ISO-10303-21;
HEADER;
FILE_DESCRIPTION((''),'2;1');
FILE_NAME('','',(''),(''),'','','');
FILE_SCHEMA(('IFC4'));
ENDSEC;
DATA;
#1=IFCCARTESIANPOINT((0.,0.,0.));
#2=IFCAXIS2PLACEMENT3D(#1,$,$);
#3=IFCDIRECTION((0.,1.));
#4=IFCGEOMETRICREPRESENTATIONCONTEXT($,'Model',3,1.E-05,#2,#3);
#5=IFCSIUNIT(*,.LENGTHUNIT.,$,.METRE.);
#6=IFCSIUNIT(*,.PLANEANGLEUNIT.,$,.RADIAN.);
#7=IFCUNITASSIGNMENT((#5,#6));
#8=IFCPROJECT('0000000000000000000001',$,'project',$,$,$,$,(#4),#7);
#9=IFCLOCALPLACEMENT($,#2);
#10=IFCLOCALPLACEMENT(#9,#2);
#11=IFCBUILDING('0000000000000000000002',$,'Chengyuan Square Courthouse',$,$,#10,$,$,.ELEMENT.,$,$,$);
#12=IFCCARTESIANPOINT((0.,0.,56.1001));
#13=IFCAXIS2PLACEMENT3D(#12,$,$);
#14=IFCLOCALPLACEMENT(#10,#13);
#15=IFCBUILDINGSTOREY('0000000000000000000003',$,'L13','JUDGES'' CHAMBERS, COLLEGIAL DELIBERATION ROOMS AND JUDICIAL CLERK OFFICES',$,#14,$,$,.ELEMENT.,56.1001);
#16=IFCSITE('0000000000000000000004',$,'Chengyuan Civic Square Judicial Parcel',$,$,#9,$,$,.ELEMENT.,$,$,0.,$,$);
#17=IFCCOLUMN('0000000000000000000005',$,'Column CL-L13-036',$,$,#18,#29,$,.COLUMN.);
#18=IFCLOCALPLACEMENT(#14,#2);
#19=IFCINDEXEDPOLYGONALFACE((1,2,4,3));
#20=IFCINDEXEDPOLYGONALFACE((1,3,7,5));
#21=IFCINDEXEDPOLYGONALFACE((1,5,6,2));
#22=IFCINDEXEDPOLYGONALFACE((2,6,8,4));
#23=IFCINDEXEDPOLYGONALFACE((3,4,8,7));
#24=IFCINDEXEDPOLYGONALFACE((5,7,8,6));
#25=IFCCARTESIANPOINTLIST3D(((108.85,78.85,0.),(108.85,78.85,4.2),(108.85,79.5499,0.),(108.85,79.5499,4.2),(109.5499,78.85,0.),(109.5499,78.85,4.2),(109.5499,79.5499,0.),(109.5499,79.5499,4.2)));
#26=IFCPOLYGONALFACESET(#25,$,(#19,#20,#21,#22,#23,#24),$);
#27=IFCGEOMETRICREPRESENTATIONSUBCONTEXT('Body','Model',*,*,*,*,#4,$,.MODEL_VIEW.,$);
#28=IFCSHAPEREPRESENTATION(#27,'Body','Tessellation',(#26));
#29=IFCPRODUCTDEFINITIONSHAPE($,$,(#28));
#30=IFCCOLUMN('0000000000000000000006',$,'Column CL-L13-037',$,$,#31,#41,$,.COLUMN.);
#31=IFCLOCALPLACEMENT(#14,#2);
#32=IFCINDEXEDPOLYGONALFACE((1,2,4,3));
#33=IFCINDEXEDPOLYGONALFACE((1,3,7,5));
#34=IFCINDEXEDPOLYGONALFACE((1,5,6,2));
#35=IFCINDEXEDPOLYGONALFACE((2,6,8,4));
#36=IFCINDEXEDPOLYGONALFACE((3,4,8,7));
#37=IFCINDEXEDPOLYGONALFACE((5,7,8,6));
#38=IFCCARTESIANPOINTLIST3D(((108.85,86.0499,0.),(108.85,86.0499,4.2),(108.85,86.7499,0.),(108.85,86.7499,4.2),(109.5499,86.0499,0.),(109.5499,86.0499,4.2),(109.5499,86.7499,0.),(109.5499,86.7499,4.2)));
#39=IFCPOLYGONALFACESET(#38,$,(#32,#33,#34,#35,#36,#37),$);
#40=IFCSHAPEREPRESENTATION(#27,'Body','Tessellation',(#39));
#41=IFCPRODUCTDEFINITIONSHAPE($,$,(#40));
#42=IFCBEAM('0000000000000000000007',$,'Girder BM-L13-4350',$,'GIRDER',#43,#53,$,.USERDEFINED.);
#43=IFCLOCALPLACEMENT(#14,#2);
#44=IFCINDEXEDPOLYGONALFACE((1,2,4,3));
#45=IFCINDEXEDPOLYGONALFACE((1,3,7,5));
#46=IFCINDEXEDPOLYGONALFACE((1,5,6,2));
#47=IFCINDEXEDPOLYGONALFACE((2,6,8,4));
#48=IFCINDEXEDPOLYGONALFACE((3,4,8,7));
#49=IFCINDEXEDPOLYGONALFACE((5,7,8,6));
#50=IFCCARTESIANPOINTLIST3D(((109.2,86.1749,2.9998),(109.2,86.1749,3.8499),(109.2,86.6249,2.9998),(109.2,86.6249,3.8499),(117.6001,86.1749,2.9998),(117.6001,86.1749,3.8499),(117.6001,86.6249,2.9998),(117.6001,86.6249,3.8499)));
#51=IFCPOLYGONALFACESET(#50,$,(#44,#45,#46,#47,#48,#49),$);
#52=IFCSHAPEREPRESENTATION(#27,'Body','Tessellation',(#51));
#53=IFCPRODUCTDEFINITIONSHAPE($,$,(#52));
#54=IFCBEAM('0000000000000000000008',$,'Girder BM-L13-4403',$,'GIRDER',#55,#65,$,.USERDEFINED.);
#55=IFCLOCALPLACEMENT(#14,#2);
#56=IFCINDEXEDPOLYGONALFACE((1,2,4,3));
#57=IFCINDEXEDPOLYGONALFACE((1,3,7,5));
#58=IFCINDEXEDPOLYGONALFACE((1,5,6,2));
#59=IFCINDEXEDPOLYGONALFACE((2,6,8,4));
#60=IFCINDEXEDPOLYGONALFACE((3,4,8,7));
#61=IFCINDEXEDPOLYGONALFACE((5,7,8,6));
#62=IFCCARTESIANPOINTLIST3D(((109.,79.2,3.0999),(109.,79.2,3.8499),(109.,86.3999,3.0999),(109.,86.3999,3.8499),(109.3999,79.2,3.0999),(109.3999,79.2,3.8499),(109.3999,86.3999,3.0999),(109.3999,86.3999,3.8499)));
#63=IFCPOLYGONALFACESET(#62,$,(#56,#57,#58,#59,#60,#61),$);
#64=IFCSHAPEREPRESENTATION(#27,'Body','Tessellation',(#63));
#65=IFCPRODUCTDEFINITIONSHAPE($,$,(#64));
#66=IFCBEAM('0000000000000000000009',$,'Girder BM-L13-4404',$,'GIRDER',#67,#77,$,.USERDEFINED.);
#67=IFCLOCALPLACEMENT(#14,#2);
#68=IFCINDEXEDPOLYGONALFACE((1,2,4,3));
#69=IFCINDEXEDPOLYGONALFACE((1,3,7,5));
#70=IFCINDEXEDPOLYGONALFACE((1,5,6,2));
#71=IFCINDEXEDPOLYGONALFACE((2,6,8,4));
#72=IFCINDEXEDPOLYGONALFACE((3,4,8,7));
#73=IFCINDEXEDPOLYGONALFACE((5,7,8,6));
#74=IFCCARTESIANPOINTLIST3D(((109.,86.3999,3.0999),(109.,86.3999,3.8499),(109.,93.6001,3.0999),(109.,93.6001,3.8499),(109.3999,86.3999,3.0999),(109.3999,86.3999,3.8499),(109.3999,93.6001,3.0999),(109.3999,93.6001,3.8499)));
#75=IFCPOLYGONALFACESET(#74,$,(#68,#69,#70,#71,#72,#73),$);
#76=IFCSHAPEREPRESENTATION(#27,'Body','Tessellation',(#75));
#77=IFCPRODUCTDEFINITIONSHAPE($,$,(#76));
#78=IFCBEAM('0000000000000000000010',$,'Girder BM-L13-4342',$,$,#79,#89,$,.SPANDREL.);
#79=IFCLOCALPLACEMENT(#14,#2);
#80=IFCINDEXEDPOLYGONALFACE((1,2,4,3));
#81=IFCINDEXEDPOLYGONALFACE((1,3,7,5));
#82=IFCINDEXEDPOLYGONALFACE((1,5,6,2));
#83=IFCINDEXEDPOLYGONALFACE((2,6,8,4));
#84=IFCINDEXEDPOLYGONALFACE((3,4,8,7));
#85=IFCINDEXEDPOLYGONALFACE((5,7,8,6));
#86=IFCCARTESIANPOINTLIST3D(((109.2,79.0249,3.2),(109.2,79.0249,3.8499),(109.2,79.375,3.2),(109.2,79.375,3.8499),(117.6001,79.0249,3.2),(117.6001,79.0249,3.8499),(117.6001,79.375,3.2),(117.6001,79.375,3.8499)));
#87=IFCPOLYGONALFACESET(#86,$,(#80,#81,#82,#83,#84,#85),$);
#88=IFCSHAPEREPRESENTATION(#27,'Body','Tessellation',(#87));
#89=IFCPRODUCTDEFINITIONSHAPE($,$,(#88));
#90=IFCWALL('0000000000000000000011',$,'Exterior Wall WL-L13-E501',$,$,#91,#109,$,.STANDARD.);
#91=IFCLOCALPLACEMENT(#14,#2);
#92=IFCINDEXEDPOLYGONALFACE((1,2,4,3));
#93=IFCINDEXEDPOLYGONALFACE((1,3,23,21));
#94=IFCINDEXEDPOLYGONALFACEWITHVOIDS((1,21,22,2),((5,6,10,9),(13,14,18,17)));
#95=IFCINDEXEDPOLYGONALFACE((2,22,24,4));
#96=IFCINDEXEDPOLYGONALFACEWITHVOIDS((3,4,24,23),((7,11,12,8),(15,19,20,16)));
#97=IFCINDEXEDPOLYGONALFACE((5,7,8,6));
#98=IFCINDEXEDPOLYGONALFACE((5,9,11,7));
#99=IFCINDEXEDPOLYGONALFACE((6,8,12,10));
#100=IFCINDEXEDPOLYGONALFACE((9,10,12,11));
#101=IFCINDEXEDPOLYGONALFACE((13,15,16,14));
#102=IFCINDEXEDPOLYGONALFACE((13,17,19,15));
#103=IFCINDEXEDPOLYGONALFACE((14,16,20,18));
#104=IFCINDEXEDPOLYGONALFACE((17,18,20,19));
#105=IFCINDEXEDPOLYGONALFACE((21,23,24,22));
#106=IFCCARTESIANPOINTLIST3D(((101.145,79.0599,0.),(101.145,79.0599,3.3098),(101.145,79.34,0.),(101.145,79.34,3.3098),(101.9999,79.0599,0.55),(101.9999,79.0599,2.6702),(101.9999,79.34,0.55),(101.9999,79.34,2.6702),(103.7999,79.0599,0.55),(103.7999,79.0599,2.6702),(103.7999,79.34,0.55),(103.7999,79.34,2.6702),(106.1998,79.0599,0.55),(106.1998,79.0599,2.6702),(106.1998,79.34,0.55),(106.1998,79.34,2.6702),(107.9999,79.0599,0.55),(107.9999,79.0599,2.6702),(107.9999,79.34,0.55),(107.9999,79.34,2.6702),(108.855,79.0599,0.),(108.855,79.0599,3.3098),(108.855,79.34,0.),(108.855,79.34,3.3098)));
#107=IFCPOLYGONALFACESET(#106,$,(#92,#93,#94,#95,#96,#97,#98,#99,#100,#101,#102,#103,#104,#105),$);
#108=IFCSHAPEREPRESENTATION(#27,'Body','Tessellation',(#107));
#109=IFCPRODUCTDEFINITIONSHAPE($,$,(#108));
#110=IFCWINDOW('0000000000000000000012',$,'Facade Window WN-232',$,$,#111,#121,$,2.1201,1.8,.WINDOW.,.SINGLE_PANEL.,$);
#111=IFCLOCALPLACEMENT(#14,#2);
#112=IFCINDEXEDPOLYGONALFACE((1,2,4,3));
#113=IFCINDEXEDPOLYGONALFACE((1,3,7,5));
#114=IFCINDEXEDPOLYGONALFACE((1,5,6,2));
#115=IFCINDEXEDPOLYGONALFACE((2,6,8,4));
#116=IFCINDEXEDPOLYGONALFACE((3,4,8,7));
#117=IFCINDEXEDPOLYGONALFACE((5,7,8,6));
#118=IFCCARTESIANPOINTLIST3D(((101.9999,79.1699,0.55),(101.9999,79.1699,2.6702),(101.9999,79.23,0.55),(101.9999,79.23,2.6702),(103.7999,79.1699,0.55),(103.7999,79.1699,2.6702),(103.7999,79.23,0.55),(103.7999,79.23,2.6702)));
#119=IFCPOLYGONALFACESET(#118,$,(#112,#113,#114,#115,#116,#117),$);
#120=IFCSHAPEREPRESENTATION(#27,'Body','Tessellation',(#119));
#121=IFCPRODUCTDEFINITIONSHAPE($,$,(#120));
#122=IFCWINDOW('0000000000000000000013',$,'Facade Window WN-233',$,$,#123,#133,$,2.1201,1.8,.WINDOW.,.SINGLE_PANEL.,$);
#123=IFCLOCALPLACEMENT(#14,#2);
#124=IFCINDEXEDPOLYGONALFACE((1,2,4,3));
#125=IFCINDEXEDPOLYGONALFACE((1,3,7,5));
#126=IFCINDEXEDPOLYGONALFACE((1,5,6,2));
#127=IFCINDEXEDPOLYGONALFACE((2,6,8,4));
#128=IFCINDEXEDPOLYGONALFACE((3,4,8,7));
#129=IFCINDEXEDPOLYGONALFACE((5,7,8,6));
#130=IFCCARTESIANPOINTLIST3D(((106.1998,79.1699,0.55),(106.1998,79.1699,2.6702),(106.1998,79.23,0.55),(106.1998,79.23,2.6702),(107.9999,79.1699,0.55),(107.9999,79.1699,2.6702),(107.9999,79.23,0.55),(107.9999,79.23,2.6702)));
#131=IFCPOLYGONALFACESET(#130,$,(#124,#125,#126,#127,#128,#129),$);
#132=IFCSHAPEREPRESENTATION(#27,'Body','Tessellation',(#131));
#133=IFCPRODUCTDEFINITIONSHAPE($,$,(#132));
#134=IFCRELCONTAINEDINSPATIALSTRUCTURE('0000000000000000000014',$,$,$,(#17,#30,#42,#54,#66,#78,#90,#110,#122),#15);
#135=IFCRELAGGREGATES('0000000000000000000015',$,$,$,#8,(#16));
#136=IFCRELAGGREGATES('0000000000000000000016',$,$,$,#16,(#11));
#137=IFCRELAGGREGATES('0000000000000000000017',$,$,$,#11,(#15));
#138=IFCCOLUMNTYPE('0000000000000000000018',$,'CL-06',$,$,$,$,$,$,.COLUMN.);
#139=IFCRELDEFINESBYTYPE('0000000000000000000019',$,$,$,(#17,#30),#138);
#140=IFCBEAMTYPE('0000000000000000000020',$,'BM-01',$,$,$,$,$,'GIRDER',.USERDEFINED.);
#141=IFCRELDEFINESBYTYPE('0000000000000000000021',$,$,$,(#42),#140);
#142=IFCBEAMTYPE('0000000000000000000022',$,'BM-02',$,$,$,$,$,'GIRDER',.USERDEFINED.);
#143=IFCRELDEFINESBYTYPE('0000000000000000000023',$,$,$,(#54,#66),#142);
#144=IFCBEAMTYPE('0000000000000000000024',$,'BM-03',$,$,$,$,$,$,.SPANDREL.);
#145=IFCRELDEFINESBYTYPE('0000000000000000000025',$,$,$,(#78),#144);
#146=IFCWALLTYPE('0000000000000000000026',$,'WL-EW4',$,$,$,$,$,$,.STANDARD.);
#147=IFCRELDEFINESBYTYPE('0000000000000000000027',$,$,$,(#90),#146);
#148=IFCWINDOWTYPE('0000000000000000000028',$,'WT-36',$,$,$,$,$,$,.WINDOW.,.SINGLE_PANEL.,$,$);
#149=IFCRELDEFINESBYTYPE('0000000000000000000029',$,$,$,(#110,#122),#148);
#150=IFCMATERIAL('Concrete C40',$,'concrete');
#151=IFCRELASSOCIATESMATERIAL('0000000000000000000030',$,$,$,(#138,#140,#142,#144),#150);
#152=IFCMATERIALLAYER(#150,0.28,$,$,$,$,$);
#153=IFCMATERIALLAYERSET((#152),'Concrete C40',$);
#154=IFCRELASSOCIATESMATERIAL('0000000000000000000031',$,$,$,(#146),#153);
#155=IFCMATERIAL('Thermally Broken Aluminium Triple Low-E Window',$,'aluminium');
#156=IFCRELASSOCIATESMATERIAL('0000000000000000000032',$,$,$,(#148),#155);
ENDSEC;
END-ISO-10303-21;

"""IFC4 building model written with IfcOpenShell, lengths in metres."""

from ifc_helpers import new_model, si_unit, direction, frame, frame_2d, origin, origin_2d, place, context, subcontext, project, spatial, rectangle, extrude, material, layer, layer_set, material_profile, profile_set, type_object, element, fill, save


model = new_model("IFC4")

# Units and contexts
model_context = context("Model", 3, precision=1e-05, world=origin(), true_north=direction((0.0, 1.0)))
body_context = subcontext(model_context, "Body", "Model", "MODEL_VIEW")
ifc_project = project(units=[si_unit("LENGTHUNIT", "METRE"), si_unit("PLANEANGLEUNIT", "RADIAN")], contexts=[model_context])

# Site, building, storey
site_placement = place(None, origin())
site = spatial("IfcSite", under=ifc_project, at=site_placement, Name="Chengyuan Civic Square Judicial Parcel", CompositionType="ELEMENT", RefElevation=0.0)
building_placement = place(site_placement, origin())
building = spatial("IfcBuilding", under=site, at=building_placement, Name="Chengyuan Square Courthouse", CompositionType="ELEMENT")
storey_placement = place(building_placement, frame((0.0, 0.0, 56.1001)))
storey = spatial("IfcBuildingStorey", under=building, at=storey_placement, Name="L13", Description="JUDGES' CHAMBERS, COLLEGIAL DELIBERATION ROOMS AND JUDICIAL CLERK OFFICES", CompositionType="ELEMENT", Elevation=56.1001)

# Columns
ifc_material_1 = material(Name="Concrete C40", Category="concrete")
ifc_material_profile_1 = material_profile(ifc_material_1, rectangle(XDim=0.7, YDim=0.7, at=origin_2d()), Name="RC-COL-700x700")
ifc_profile_set_1 = profile_set([ifc_material_profile_1], Name="Concrete C40")
column_type = type_object("IfcColumnType", Name="CL-06", PredefinedType="COLUMN", material=ifc_profile_set_1)
for number, where, z_axis, x_axis, name in (
    (1, (109.2, 79.2, 0.0), (0.0, 0.0, 1.0), (1.0, 0.0, 0.0), "Column CL-L13-036"),
    (2, (109.2, 86.3999, 0.0), (0.0, 0.0, 1.0), (1.0, 0.0, 0.0), "Column CL-L13-037"),
):
    element("IfcColumn", number, at=place(storey_placement, frame(where, z_axis=z_axis, x_axis=x_axis)), inside=storey, type_object=column_type, Name=name, PredefinedType="COLUMN", context=body_context, shape_type="SweptSolid", body=[
        extrude(rectangle(XDim=0.7, YDim=0.7, at=origin_2d()), origin(), (0.0, 0.0, 1.0), 4.2),
    ])

# Beams
ifc_material_profile_2 = material_profile(ifc_material_1, rectangle(XDim=0.45, YDim=0.8501, at=origin_2d()), Name="RC-BM-450x850")
ifc_profile_set_2 = profile_set([ifc_material_profile_2], Name="Concrete C40")
beam_type_1 = type_object("IfcBeamType", Name="BM-01", ElementType="GIRDER", PredefinedType="USERDEFINED", material=ifc_profile_set_2)
beam_1_placement = place(storey_placement, frame((109.2, 86.3999, 3.4248), z_axis=(1.0, 0.0, 0.0), x_axis=(0.0, 1.0, 0.0)))
element("IfcBeam", 3, at=beam_1_placement, inside=storey, type_object=beam_type_1, Name="Girder BM-L13-4350", ObjectType="GIRDER", PredefinedType="USERDEFINED", context=body_context, shape_type="SweptSolid", body=[
    extrude(rectangle(XDim=0.45, YDim=0.8501, at=origin_2d()), origin(), (0.0, 0.0, 1.0), 8.4001),
])
ifc_material_profile_3 = material_profile(ifc_material_1, rectangle(XDim=0.3999, YDim=0.75, at=origin_2d()), Name="RC-BM-400x750")
ifc_profile_set_3 = profile_set([ifc_material_profile_3], Name="Concrete C40")
beam_type_2 = type_object("IfcBeamType", Name="BM-02", ElementType="GIRDER", PredefinedType="USERDEFINED", material=ifc_profile_set_3)
beam_2_placement = place(storey_placement, frame((109.2, 79.2, 3.4749), z_axis=(0.0, 1.0, 0.0), x_axis=(-1.0, 0.0, 0.0)))
element("IfcBeam", 4, at=beam_2_placement, inside=storey, type_object=beam_type_2, Name="Girder BM-L13-4403", ObjectType="GIRDER", PredefinedType="USERDEFINED", context=body_context, shape_type="SweptSolid", body=[
    extrude(rectangle(XDim=0.3999, YDim=0.75, at=origin_2d()), origin(), (0.0, 0.0, 1.0), 7.2),
])
beam_3_placement = place(storey_placement, frame((109.2, 86.3999, 3.4749), z_axis=(0.0, 1.0, 0.0), x_axis=(-1.0, 0.0, 0.0)))
element("IfcBeam", 5, at=beam_3_placement, inside=storey, type_object=beam_type_2, Name="Girder BM-L13-4404", ObjectType="GIRDER", PredefinedType="USERDEFINED", context=body_context, shape_type="SweptSolid", body=[
    extrude(rectangle(XDim=0.3999, YDim=0.75, at=origin_2d()), origin(), (0.0, 0.0, 1.0), 7.2002),
])
ifc_material_profile_4 = material_profile(ifc_material_1, rectangle(XDim=0.3501, YDim=0.6499, at=origin_2d()), Name="RC-BM-350x650")
ifc_profile_set_4 = profile_set([ifc_material_profile_4], Name="Concrete C40")
beam_type_3 = type_object("IfcBeamType", Name="BM-03", PredefinedType="SPANDREL", material=ifc_profile_set_4)
beam_4_placement = place(storey_placement, frame((109.2, 79.2, 3.5249), z_axis=(1.0, 0.0, 0.0), x_axis=(0.0, 1.0, 0.0)))
element("IfcBeam", 6, at=beam_4_placement, inside=storey, type_object=beam_type_3, Name="Girder BM-L13-4342", PredefinedType="SPANDREL", context=body_context, shape_type="SweptSolid", body=[
    extrude(rectangle(XDim=0.3501, YDim=0.6499, at=origin_2d()), origin(), (0.0, 0.0, 1.0), 8.4001),
])

# Wall, openings, windows
ifc_layer_1 = layer(ifc_material_1, 0.28)
ifc_layer_set_1 = layer_set([ifc_layer_1], Name="Concrete C40")
wall_type_1 = type_object("IfcWallType", Name="WL-EW4", PredefinedType="STANDARD", material=ifc_layer_set_1)
wall_1_placement = place(storey_placement, frame((101.145, 79.2, 0.0), z_axis=(0.0, 0.0, 1.0), x_axis=(1.0, 0.0, 0.0)))
wall_1 = element("IfcWall", 7, at=wall_1_placement, inside=storey, type_object=wall_type_1, Name="Exterior Wall WL-L13-E501", PredefinedType="STANDARD", context=body_context, shape_type="SweptSolid", body=[
    extrude(rectangle(XDim=7.71, YDim=0.28, at=frame_2d((3.855, 0.0))), origin(), (0.0, 0.0, 1.0), 3.3098),
])
opening_1_placement = place(wall_1_placement, frame((0.855, 0.0, 0.55)))
opening_1 = element("IfcOpeningElement", 8, at=opening_1_placement, cuts=wall_1, PredefinedType="OPENING", context=body_context, shape_type="SweptSolid", body=[
    extrude(rectangle(XDim=1.8, YDim=2.1201, at=frame_2d((0.8999, 1.0601))), frame((0.0, 0.1521, 0.0), z_axis=(0.0, -1.0, 0.0), x_axis=(1.0, 0.0, 0.0)), (0.0, 0.0, 1.0), 0.304),
])
opening_2_placement = place(wall_1_placement, frame((5.0549, 0.0, 0.55)))
opening_2 = element("IfcOpeningElement", 9, at=opening_2_placement, cuts=wall_1, PredefinedType="OPENING", context=body_context, shape_type="SweptSolid", body=[
    extrude(rectangle(XDim=1.8, YDim=2.1201, at=frame_2d((0.8999, 1.0601))), frame((0.0, 0.1521, 0.0), z_axis=(0.0, -1.0, 0.0), x_axis=(1.0, 0.0, 0.0)), (0.0, 0.0, 1.0), 0.304),
])
ifc_material_2 = material(Name="Thermally Broken Aluminium Triple Low-E Window", Category="aluminium")
window_type = type_object("IfcWindowType", Name="WT-36", PartitioningType="SINGLE_PANEL", PredefinedType="WINDOW", material=ifc_material_2)
window_1_placement = place(opening_1_placement, origin())
window_1 = element("IfcWindow", 10, at=window_1_placement, inside=storey, type_object=window_type, Name="Facade Window WN-232", OverallHeight=2.1201, OverallWidth=1.8, PartitioningType="SINGLE_PANEL", PredefinedType="WINDOW", context=body_context, shape_type="SweptSolid", body=[
    extrude(rectangle(XDim=1.8, YDim=2.1201, at=frame_2d((0.8999, 1.0601))), frame((0.0, 0.03, 0.0), z_axis=(0.0, -1.0, 0.0), x_axis=(1.0, 0.0, 0.0)), (0.0, 0.0, 1.0), 0.0601),
])
fill(opening_1, window_1)
window_2_placement = place(opening_2_placement, origin())
window_2 = element("IfcWindow", 11, at=window_2_placement, inside=storey, type_object=window_type, Name="Facade Window WN-233", OverallHeight=2.1201, OverallWidth=1.8, PartitioningType="SINGLE_PANEL", PredefinedType="WINDOW", context=body_context, shape_type="SweptSolid", body=[
    extrude(rectangle(XDim=1.8, YDim=2.1201, at=frame_2d((0.8999, 1.0601))), frame((0.0, 0.03, 0.0), z_axis=(0.0, -1.0, 0.0), x_axis=(1.0, 0.0, 0.0)), (0.0, 0.0, 1.0), 0.0601),
])
fill(opening_2, window_2)

save(model, "model.ifc")
